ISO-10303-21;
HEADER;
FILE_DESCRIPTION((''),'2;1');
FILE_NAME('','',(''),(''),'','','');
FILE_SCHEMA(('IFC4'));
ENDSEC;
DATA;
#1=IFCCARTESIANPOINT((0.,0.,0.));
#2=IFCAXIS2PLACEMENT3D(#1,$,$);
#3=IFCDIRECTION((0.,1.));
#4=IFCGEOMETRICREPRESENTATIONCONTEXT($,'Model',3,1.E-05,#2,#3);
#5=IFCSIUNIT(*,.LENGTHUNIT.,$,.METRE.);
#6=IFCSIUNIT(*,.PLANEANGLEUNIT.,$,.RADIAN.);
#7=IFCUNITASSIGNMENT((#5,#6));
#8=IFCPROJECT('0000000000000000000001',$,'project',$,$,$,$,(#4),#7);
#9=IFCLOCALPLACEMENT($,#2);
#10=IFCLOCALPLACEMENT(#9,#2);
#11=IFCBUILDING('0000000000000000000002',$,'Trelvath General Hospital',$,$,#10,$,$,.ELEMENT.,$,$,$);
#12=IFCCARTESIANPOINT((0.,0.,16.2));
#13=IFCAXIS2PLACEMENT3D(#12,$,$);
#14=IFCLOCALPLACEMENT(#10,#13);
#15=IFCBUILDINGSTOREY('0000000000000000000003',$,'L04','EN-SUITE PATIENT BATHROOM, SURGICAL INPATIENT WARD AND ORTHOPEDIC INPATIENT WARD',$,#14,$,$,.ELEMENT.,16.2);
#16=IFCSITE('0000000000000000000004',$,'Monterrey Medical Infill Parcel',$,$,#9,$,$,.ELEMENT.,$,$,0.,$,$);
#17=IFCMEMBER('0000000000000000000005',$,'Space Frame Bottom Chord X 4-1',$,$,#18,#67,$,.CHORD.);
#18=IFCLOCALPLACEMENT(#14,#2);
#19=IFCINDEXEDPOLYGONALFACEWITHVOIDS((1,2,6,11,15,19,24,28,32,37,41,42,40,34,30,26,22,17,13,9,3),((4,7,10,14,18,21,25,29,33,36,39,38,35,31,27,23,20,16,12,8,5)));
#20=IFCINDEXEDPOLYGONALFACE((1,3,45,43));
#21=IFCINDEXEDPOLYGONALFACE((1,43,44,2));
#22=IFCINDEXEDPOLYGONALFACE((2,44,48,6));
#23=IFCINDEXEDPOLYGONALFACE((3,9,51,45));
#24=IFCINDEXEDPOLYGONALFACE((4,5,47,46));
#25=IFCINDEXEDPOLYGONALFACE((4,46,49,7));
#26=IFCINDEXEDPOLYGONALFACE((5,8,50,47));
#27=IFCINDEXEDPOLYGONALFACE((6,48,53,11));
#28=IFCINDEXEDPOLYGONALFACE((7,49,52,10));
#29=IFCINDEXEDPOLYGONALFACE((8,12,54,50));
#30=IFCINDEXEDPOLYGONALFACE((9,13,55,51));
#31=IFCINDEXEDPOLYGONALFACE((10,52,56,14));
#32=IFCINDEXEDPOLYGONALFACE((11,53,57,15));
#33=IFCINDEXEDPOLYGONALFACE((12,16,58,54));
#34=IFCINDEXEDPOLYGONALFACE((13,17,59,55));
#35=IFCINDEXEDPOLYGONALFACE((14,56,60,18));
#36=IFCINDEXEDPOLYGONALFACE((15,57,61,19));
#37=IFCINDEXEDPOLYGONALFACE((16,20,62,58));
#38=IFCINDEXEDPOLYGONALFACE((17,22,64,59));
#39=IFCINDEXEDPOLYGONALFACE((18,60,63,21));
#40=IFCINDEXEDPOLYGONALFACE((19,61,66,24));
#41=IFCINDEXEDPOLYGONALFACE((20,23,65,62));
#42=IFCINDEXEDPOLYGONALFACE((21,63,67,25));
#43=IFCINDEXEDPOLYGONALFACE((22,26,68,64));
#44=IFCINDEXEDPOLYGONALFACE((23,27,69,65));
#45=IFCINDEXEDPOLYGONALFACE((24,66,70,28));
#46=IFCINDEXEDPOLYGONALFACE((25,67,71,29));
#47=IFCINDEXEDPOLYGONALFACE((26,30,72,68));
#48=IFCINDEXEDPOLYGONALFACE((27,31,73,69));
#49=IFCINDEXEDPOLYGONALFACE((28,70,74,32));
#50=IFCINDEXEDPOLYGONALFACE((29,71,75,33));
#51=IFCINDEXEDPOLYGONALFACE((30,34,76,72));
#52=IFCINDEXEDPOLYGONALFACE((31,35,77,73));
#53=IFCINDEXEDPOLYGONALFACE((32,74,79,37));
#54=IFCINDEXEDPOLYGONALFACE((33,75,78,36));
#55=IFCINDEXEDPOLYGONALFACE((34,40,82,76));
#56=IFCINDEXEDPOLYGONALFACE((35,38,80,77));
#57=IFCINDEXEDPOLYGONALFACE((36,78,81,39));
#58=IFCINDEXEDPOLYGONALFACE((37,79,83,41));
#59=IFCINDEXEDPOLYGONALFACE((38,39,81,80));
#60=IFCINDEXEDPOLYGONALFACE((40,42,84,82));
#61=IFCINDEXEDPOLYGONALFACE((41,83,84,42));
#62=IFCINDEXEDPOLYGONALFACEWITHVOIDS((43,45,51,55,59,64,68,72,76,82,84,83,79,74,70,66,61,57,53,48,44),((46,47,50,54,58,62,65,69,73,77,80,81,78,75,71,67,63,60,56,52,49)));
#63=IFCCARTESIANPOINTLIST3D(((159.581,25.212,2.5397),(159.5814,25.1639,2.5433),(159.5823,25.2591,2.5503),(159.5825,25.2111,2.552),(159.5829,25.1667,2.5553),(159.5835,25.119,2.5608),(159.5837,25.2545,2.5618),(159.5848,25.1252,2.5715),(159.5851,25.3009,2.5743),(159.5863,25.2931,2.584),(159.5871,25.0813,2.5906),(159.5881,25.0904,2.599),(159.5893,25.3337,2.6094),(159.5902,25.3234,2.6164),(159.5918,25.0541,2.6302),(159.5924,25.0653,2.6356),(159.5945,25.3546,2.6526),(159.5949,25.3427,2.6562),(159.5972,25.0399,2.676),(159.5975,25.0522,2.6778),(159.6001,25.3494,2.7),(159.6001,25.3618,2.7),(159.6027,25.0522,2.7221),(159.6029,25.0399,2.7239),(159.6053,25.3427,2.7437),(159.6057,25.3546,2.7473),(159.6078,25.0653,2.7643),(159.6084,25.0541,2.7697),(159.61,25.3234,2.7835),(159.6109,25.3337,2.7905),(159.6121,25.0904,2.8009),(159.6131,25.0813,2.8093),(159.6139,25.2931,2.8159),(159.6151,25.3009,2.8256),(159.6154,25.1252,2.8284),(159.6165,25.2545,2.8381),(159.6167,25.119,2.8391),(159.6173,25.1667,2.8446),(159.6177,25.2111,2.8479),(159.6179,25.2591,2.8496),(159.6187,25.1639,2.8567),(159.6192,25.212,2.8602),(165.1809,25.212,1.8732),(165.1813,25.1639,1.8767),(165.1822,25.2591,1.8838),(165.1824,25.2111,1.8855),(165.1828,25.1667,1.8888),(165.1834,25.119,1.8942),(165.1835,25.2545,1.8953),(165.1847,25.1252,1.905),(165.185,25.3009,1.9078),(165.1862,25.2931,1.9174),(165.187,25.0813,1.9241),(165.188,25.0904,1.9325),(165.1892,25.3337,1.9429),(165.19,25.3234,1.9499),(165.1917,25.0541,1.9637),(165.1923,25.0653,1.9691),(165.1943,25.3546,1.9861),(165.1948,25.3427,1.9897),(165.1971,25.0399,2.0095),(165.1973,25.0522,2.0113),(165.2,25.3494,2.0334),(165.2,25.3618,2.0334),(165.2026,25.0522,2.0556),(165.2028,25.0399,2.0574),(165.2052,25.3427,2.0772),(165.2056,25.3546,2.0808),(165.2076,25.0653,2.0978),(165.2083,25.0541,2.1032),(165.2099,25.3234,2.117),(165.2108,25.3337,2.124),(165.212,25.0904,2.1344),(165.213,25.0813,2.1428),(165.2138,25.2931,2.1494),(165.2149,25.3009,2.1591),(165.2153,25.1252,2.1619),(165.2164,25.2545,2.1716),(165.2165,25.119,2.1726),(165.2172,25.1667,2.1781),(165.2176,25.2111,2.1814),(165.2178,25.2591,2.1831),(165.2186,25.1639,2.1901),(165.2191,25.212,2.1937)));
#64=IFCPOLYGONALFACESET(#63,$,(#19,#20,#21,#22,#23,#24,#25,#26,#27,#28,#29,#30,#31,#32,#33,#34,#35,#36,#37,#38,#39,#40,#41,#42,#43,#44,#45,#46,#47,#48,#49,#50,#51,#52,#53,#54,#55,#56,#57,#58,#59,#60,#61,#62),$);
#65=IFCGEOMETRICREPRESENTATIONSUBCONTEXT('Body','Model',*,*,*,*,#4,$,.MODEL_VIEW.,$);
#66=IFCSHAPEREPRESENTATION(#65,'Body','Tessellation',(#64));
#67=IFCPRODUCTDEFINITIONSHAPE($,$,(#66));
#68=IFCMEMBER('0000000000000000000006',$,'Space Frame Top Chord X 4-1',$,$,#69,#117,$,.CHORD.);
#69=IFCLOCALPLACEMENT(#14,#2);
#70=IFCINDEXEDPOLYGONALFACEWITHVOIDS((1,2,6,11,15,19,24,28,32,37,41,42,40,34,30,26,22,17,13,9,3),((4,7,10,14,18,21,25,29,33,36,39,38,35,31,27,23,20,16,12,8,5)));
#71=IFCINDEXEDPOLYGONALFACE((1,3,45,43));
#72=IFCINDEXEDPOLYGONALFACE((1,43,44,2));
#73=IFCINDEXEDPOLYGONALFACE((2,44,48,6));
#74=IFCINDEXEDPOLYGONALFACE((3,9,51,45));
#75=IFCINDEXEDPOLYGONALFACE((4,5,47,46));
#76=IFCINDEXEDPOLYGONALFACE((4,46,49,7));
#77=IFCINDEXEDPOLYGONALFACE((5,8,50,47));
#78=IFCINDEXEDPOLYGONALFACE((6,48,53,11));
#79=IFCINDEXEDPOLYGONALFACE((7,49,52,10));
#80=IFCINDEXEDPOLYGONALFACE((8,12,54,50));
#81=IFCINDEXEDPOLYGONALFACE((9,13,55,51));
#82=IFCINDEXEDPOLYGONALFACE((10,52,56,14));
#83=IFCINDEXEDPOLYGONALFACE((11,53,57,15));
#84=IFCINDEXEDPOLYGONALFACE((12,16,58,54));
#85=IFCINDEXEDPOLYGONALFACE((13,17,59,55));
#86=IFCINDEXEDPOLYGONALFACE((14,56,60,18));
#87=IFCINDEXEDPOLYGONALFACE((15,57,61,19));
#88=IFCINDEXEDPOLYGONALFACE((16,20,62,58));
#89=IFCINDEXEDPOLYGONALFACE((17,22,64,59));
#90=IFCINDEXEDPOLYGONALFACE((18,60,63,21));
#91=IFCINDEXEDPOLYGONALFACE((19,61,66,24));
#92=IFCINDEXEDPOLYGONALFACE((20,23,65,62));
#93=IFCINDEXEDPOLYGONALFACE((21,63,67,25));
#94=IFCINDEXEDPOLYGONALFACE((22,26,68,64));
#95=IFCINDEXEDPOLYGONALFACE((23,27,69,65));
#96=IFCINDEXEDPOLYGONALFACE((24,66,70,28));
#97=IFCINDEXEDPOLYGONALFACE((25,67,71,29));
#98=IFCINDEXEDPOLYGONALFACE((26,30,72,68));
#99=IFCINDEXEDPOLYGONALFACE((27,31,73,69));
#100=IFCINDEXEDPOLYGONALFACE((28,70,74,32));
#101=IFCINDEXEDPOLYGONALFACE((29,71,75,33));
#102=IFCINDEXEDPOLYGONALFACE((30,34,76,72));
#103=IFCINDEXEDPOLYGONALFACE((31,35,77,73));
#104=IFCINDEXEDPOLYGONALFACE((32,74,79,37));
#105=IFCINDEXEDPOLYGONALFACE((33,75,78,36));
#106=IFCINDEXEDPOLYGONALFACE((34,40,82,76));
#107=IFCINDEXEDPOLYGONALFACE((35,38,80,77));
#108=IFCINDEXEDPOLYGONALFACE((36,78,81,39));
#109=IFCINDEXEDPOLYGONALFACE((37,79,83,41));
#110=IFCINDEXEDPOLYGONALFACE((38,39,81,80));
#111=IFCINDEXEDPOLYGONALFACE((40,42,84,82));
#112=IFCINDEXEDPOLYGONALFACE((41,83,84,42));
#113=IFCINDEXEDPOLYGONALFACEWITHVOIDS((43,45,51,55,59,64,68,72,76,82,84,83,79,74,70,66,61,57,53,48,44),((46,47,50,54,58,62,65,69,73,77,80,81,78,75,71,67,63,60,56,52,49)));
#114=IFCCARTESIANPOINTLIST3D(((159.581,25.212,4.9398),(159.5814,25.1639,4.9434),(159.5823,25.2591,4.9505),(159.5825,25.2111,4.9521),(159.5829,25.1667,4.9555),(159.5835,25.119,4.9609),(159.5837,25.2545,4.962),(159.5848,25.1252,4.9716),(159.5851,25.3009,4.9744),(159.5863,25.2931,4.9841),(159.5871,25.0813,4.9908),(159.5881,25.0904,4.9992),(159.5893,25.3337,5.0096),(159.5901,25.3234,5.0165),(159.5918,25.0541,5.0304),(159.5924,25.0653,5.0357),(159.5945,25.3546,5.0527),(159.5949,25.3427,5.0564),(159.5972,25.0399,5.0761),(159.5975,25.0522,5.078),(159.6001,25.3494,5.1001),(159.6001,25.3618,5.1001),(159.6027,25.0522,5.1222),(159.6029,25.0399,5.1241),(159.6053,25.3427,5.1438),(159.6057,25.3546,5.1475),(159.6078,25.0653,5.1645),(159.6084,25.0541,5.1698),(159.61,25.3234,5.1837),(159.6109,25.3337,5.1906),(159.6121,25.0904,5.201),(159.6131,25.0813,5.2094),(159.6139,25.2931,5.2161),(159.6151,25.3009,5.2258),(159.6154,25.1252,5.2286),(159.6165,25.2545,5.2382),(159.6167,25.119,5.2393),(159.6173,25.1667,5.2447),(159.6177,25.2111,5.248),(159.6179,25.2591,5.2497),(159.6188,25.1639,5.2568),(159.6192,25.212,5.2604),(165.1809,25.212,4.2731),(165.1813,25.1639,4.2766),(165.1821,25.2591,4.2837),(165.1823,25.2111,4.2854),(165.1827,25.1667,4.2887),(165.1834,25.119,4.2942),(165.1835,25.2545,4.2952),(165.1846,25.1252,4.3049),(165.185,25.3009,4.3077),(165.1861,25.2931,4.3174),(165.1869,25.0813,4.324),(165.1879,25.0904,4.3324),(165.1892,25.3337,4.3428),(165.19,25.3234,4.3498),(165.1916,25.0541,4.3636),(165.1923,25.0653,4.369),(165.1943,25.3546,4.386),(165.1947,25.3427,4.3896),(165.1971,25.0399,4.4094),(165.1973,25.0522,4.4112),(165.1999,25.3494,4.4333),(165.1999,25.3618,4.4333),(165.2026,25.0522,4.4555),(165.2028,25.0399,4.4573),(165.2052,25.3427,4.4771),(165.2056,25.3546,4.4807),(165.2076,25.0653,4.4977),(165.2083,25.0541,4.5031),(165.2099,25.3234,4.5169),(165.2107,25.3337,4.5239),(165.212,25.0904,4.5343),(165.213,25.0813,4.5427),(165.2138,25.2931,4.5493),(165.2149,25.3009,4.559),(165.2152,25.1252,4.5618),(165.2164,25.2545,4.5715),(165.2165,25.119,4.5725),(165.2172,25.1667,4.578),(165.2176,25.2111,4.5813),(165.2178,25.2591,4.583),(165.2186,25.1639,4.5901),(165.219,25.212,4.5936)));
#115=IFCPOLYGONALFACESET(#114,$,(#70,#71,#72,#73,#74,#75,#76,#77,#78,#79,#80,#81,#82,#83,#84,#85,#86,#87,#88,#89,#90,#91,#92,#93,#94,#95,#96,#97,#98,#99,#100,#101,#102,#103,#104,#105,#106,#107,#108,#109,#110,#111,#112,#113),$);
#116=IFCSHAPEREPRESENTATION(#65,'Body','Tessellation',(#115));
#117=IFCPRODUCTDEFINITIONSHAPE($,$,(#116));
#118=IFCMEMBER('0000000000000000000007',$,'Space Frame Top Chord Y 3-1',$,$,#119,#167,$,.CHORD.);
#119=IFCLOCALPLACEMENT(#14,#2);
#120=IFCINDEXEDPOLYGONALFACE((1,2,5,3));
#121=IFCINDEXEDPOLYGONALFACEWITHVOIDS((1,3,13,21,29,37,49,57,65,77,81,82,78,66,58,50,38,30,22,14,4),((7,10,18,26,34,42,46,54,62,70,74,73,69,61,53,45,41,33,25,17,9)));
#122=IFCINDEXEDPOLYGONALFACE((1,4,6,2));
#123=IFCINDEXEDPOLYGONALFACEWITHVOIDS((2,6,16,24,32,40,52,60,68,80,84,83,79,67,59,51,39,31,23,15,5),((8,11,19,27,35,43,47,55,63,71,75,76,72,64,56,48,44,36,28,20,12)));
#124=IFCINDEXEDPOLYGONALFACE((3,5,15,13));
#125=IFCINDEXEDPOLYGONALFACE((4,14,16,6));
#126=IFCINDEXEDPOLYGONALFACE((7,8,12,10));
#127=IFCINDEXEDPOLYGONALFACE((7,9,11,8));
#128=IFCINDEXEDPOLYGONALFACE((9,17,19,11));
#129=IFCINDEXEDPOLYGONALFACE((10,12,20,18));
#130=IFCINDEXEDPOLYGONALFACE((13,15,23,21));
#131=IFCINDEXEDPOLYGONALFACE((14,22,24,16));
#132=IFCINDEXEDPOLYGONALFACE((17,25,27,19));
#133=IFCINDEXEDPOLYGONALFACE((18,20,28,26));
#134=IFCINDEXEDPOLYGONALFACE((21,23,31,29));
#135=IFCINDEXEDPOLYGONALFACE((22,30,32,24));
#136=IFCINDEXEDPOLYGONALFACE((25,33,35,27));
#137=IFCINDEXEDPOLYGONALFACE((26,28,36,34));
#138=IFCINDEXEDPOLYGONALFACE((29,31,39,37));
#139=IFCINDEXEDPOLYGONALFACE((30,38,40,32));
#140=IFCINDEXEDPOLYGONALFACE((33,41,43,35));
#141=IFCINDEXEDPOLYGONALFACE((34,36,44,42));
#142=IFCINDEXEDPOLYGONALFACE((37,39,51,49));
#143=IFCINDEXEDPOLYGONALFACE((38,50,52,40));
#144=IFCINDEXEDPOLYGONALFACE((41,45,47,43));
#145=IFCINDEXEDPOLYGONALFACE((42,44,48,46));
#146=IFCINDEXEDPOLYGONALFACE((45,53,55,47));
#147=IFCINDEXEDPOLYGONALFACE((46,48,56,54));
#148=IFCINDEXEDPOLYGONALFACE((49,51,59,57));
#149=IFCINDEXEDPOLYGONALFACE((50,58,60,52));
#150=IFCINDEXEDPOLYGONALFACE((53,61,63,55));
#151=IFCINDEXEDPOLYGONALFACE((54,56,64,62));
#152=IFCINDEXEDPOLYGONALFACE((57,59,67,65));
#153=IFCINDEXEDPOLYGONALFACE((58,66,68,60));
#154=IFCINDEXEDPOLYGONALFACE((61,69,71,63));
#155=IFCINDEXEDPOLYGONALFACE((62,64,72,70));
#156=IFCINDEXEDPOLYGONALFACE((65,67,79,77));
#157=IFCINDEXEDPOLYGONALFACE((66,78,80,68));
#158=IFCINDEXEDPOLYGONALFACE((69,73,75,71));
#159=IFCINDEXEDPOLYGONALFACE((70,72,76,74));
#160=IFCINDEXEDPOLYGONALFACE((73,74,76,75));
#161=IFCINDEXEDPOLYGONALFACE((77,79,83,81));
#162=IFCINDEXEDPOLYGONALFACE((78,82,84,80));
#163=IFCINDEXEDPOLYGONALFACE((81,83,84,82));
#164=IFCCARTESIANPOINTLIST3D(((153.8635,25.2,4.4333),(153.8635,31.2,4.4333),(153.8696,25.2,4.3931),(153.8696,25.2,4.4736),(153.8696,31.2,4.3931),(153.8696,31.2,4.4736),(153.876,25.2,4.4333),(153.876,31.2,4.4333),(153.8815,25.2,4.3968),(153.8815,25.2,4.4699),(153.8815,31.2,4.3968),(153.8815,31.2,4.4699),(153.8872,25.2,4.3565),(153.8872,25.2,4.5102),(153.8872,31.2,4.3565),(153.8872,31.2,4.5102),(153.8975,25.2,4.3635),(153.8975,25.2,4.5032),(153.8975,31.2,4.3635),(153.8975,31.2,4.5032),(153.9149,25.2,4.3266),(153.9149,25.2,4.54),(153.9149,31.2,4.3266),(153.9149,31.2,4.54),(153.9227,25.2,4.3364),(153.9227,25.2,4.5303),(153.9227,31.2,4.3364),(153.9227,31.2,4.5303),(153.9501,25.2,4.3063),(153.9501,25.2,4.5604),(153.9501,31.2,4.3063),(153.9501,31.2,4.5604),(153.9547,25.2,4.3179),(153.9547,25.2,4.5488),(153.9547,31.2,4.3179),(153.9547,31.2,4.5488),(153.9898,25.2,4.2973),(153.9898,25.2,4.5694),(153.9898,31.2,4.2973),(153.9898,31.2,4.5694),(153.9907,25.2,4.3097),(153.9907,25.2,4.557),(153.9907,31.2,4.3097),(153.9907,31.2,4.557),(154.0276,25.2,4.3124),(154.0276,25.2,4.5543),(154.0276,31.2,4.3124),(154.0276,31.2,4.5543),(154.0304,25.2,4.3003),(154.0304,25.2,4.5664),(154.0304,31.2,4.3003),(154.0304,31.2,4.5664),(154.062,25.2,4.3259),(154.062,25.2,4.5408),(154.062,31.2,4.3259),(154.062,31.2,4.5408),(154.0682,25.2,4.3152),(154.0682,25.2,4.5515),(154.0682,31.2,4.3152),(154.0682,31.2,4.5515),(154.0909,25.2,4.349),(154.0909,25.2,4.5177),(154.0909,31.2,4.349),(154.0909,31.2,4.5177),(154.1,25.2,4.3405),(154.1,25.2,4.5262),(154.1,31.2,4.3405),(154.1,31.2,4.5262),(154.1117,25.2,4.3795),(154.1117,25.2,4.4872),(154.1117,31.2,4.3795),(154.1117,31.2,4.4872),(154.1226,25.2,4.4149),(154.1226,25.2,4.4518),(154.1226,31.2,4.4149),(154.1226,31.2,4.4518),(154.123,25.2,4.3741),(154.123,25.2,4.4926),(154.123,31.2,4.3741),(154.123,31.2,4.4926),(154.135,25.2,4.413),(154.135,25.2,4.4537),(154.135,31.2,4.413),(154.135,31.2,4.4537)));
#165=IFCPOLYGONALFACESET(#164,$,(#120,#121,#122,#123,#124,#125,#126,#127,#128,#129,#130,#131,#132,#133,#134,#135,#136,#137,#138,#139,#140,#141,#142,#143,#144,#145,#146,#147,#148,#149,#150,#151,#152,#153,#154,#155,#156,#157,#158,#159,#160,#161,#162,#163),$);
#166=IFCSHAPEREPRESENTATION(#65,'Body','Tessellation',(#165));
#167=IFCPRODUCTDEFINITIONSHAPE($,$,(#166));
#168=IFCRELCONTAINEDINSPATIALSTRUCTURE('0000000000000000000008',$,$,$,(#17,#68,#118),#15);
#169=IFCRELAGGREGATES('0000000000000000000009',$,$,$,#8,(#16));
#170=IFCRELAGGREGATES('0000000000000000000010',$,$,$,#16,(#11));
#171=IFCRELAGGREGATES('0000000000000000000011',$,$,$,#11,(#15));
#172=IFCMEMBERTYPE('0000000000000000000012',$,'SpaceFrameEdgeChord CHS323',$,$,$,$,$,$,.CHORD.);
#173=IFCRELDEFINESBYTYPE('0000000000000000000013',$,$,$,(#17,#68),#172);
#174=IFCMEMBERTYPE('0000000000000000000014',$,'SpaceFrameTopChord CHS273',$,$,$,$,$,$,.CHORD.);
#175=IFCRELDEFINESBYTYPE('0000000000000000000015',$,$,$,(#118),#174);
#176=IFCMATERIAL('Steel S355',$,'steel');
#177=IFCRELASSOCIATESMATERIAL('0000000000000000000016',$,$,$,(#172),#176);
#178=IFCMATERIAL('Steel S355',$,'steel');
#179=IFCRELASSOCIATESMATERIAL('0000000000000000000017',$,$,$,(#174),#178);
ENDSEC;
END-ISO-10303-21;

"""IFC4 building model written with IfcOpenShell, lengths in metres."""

from ifc_helpers import new_model, si_unit, direction, frame, origin, origin_2d, place, context, subcontext, project, spatial, hollow_circle, extrude, material, material_profile, profile_set, type_object, element, save


model = new_model("IFC4")

# Units and contexts
model_context = context("Model", 3, precision=1e-05, world=origin(), true_north=direction((0.0, 1.0)))
body_context = subcontext(model_context, "Body", "Model", "MODEL_VIEW")
ifc_project = project(units=[si_unit("LENGTHUNIT", "METRE"), si_unit("PLANEANGLEUNIT", "RADIAN")], contexts=[model_context])

# Site, building, storey
site_placement = place(None, origin())
site = spatial("IfcSite", under=ifc_project, at=site_placement, Name="Monterrey Medical Infill Parcel", CompositionType="ELEMENT", RefElevation=0.0)
building_placement = place(site_placement, origin())
building = spatial("IfcBuilding", under=site, at=building_placement, Name="Trelvath General Hospital", CompositionType="ELEMENT")
storey_placement = place(building_placement, frame((0.0, 0.0, 16.2)))
storey = spatial("IfcBuildingStorey", under=building, at=storey_placement, Name="L04", Description="EN-SUITE PATIENT BATHROOM, SURGICAL INPATIENT WARD AND ORTHOPEDIC INPATIENT WARD", CompositionType="ELEMENT", Elevation=16.2)

# Members
ifc_material_1 = material(Name="Steel S355", Category="steel")
ifc_material_profile_1 = material_profile(ifc_material_1, hollow_circle(Radius=0.1619, WallThickness=0.0125, at=origin_2d()), Name="CHS323.9x12.5")
ifc_profile_set_1 = profile_set([ifc_material_profile_1], Name="Steel S355")
member_type_1 = type_object("IfcMemberType", Name="SpaceFrameEdgeChord CHS323", PredefinedType="CHORD", material=ifc_profile_set_1)
for number, where, z_axis, x_axis, name in (
    (1, (159.6001, 25.2, 2.7), (0.992991, 0.0, -0.118187), (0.0, 1.0, 0.0), "Space Frame Bottom Chord X 4-1"),
    (2, (159.6001, 25.2, 5.1001), (0.992986, 0.0, -0.11823), (0.0, 1.0, 0.0), "Space Frame Top Chord X 4-1"),
):
    element("IfcMember", number, at=place(storey_placement, frame(where, z_axis=z_axis, x_axis=x_axis)), inside=storey, type_object=member_type_1, Name=name, PredefinedType="CHORD", context=body_context, shape_type="SweptSolid", body=[
        extrude(hollow_circle(Radius=0.1619, WallThickness=0.0125, at=origin_2d()), origin(), (0.0, 0.0, 1.0), 5.6394),
    ])
ifc_material_2 = material(Name="Steel S355", Category="steel")
ifc_material_profile_2 = material_profile(ifc_material_2, hollow_circle(Radius=0.1365, WallThickness=0.0125, at=origin_2d()), Name="CHS273.0x12.5")
ifc_profile_set_2 = profile_set([ifc_material_profile_2], Name="Steel S355")
member_type_2 = type_object("IfcMemberType", Name="SpaceFrameTopChord CHS273", PredefinedType="CHORD", material=ifc_profile_set_2)
member_1_placement = place(storey_placement, frame((154.0, 25.2, 4.4333), z_axis=(0.0, 1.0, 0.0), x_axis=(-1.0, 0.0, 0.0)))
element("IfcMember", 3, at=member_1_placement, inside=storey, type_object=member_type_2, Name="Space Frame Top Chord Y 3-1", PredefinedType="CHORD", context=body_context, shape_type="SweptSolid", body=[
    extrude(hollow_circle(Radius=0.1365, WallThickness=0.0125, at=origin_2d()), origin(), (0.0, 0.0, 1.0), 6.0),
])

save(model, "model.ifc")
